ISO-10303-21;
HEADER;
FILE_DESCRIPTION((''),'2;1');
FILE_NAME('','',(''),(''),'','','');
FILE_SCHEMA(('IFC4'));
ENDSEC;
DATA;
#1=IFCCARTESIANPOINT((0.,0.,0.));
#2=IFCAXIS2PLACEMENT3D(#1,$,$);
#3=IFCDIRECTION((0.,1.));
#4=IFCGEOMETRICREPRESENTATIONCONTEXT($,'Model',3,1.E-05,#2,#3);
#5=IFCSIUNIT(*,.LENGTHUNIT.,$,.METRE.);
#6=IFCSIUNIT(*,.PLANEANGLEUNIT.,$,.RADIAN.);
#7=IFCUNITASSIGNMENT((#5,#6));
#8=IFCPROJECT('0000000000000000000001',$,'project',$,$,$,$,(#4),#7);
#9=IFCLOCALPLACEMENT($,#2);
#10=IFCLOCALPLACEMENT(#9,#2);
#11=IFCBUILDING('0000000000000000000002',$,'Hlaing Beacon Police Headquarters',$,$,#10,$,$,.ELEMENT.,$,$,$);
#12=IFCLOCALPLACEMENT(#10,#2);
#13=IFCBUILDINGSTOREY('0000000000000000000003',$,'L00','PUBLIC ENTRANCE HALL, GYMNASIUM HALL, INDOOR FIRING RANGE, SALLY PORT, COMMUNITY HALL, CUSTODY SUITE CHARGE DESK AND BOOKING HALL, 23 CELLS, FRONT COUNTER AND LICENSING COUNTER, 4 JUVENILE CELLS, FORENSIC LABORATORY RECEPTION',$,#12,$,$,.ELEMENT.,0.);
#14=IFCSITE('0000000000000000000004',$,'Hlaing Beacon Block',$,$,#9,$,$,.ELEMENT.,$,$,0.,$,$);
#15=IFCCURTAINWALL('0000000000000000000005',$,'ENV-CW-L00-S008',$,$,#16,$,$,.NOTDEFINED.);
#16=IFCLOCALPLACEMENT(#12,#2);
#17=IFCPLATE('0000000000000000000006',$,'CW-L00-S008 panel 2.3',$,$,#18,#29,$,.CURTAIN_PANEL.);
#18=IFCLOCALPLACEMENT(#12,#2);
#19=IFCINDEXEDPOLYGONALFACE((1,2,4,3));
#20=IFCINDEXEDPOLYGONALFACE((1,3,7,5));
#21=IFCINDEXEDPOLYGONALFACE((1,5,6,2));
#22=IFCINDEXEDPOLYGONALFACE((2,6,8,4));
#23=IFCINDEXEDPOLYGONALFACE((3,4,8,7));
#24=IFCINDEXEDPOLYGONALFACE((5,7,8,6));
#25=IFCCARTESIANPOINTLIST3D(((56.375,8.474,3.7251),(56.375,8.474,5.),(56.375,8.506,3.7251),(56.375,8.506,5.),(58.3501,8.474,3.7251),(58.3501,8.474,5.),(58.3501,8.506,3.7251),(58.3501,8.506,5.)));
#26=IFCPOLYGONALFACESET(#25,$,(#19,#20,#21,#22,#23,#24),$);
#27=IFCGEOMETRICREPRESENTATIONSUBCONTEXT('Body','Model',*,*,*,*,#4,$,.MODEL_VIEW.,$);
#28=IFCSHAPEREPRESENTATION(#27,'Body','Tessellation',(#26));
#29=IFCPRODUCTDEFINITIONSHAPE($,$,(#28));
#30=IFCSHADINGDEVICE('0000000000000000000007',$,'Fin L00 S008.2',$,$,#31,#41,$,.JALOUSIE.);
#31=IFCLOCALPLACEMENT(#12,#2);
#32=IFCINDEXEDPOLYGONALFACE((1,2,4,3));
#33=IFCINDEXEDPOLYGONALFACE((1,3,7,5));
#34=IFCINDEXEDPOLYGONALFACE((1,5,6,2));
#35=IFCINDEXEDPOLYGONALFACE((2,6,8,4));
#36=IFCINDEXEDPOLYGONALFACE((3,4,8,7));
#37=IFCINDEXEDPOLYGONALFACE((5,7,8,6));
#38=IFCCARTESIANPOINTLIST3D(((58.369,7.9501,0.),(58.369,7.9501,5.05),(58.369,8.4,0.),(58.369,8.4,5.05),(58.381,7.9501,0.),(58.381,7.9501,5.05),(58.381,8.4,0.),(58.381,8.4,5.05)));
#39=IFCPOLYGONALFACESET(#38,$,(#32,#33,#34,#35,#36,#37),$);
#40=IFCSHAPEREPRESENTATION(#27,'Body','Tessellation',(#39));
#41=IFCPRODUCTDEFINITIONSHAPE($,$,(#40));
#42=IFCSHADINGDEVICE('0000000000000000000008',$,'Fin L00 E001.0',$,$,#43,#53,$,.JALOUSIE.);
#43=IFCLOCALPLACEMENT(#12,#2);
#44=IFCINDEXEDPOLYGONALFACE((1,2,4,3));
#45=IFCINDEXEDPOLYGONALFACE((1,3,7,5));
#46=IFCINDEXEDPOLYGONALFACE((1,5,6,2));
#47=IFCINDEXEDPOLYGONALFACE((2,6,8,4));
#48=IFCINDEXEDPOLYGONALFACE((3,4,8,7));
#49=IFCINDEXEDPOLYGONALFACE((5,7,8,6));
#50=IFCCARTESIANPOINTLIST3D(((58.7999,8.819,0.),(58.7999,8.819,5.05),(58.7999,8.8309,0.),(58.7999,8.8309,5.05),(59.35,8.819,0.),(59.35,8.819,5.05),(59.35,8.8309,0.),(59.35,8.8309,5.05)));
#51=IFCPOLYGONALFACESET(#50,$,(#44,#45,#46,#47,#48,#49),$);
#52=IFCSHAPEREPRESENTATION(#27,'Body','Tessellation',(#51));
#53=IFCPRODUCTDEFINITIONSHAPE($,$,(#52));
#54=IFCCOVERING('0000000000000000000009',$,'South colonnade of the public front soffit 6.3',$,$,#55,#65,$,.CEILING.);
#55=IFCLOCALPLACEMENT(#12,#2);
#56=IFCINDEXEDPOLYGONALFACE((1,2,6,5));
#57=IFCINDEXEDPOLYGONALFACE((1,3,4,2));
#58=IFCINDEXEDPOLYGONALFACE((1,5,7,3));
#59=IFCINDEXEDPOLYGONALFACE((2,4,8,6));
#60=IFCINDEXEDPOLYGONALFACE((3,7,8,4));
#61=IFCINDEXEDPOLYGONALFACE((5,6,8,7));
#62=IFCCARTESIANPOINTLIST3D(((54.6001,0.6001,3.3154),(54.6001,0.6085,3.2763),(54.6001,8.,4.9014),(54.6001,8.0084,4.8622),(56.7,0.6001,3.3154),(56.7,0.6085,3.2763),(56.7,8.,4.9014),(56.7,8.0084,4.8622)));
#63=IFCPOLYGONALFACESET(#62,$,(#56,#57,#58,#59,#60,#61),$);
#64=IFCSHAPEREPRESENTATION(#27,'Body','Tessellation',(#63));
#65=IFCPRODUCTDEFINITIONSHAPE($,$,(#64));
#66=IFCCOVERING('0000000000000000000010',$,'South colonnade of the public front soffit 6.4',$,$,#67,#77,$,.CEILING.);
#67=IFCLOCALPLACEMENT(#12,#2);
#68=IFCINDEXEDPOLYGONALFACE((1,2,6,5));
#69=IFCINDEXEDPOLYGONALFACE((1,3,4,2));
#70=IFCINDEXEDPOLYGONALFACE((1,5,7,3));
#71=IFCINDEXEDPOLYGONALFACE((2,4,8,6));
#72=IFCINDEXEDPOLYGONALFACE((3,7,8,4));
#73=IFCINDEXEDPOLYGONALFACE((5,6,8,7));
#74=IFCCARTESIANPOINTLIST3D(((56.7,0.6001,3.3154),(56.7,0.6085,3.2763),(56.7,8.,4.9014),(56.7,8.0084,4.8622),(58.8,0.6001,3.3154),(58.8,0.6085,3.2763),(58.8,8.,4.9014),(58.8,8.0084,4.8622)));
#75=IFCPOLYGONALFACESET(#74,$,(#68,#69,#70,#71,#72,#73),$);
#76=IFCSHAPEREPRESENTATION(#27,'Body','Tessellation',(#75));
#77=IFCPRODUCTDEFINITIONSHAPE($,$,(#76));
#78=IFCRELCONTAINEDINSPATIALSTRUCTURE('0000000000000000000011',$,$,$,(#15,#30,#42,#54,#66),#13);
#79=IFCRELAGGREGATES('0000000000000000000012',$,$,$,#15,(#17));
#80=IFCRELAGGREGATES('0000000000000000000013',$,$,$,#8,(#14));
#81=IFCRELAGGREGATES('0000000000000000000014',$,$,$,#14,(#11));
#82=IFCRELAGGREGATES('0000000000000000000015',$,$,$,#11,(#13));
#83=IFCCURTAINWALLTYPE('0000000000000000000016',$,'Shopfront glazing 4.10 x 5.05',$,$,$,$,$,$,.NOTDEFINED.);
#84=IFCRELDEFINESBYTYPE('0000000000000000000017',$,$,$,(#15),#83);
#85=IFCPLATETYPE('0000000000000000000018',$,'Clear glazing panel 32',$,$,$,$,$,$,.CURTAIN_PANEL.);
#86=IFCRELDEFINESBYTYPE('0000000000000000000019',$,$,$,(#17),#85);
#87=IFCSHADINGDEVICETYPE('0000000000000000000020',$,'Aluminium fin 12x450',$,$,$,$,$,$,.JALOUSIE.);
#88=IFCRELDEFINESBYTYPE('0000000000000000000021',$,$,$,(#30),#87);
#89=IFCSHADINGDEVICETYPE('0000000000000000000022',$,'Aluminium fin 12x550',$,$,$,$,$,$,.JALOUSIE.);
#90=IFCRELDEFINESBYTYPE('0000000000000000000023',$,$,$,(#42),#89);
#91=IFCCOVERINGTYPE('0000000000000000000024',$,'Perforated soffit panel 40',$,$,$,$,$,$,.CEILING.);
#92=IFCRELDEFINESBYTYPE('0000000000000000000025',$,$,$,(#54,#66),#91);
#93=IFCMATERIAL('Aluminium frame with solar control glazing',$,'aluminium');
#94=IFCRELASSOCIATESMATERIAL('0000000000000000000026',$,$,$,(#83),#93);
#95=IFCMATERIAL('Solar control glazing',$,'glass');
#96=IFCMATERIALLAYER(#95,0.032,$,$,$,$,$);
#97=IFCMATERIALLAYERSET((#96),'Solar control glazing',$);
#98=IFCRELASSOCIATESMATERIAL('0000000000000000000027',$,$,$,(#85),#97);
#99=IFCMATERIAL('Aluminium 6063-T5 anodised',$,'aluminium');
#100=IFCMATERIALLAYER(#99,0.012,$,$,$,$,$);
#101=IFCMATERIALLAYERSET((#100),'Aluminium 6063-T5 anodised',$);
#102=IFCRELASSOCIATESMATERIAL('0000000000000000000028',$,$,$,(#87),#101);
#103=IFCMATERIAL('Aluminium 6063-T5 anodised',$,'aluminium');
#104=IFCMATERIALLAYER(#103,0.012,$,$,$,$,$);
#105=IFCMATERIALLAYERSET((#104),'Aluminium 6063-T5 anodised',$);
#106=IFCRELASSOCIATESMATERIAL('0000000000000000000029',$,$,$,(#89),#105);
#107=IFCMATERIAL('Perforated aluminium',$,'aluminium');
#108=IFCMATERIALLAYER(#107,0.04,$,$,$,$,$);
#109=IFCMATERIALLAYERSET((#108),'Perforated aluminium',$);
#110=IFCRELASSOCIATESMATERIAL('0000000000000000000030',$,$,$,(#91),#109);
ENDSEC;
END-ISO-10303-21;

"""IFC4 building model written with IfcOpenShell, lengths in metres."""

from ifc_helpers import new_model, si_unit, direction, frame, origin, origin_2d, place, context, subcontext, project, spatial, polyline, rectangle, outline, extrude, material, layer, layer_set, type_object, element, aggregate, save


model = new_model("IFC4")

# Units and contexts
model_context = context("Model", 3, precision=1e-05, world=origin(), true_north=direction((0.0, 1.0)))
body_context = subcontext(model_context, "Body", "Model", "MODEL_VIEW")
ifc_project = project(units=[si_unit("LENGTHUNIT", "METRE"), si_unit("PLANEANGLEUNIT", "RADIAN")], contexts=[model_context])

# Site, building, storey
site_placement = place(None, origin())
site = spatial("IfcSite", under=ifc_project, at=site_placement, Name="Hlaing Beacon Block", CompositionType="ELEMENT", RefElevation=0.0)
building_placement = place(site_placement, origin())
building = spatial("IfcBuilding", under=site, at=building_placement, Name="Hlaing Beacon Police Headquarters", CompositionType="ELEMENT")
storey_placement = place(building_placement, origin())
storey = spatial("IfcBuildingStorey", under=building, at=storey_placement, Name="L00", Description="PUBLIC ENTRANCE HALL, GYMNASIUM HALL, INDOOR FIRING RANGE, SALLY PORT, COMMUNITY HALL, CUSTODY SUITE CHARGE DESK AND BOOKING HALL, 23 CELLS, FRONT COUNTER AND LICENSING COUNTER, 4 JUVENILE CELLS, FORENSIC LABORATORY RECEPTION", CompositionType="ELEMENT", Elevation=0.0)

# Curtain wall
ifc_material_1 = material(Name="Aluminium frame with solar control glazing", Category="aluminium")
curtain_wall_type_1 = type_object("IfcCurtainWallType", Name="Shopfront glazing 4.10 x 5.05", PredefinedType="NOTDEFINED", material=ifc_material_1)
curtain_wall_1_placement = place(storey_placement, origin())
curtain_wall_1 = element("IfcCurtainWall", 1, at=curtain_wall_1_placement, inside=storey, type_object=curtain_wall_type_1, Name="ENV-CW-L00-S008", PredefinedType="NOTDEFINED")

# Plate
ifc_material_2 = material(Name="Solar control glazing", Category="glass")
ifc_layer_1 = layer(ifc_material_2, 0.032)
ifc_layer_set_1 = layer_set([ifc_layer_1], Name="Solar control glazing")
plate_type_1 = type_object("IfcPlateType", Name="Clear glazing panel 32", PredefinedType="CURTAIN_PANEL", material=ifc_layer_set_1)
plate_1_placement = place(storey_placement, frame((57.3625, 8.49, 3.7251), z_axis=(0.0, 0.0, 1.0), x_axis=(1.0, 0.0, 0.0)))
plate_1 = element("IfcPlate", 2, at=plate_1_placement, type_object=plate_type_1, Name="CW-L00-S008 panel 2.3", PredefinedType="CURTAIN_PANEL", context=body_context, shape_type="SweptSolid", body=[
    extrude(rectangle(XDim=1.9751, YDim=0.032, at=origin_2d()), origin(), (0.0, 0.0, 1.0), 1.2749),
])
aggregate(curtain_wall_1, [plate_1])

# Shading devices
ifc_material_3 = material(Name="Aluminium 6063-T5 anodised", Category="aluminium")
ifc_layer_2 = layer(ifc_material_3, 0.012)
ifc_layer_set_2 = layer_set([ifc_layer_2], Name="Aluminium 6063-T5 anodised")
shading_device_type_1 = type_object("IfcShadingDeviceType", Name="Aluminium fin 12x450", PredefinedType="JALOUSIE", material=ifc_layer_set_2)
shading_device_1_placement = place(storey_placement, frame((58.375, 8.175, 0.0), z_axis=(0.0, 0.0, 1.0), x_axis=(1.0, 0.0, 0.0)))
element("IfcShadingDevice", 3, at=shading_device_1_placement, inside=storey, type_object=shading_device_type_1, Name="Fin L00 S008.2", PredefinedType="JALOUSIE", context=body_context, shape_type="SweptSolid", body=[
    extrude(rectangle(XDim=0.012, YDim=0.45, at=origin_2d()), origin(), (0.0, 0.0, 1.0), 5.05),
])
ifc_material_4 = material(Name="Aluminium 6063-T5 anodised", Category="aluminium")
ifc_layer_3 = layer(ifc_material_4, 0.012)
ifc_layer_set_3 = layer_set([ifc_layer_3], Name="Aluminium 6063-T5 anodised")
shading_device_type_2 = type_object("IfcShadingDeviceType", Name="Aluminium fin 12x550", PredefinedType="JALOUSIE", material=ifc_layer_set_3)
shading_device_2_placement = place(storey_placement, frame((59.075, 8.825, 0.0), z_axis=(0.0, 0.0, 1.0), x_axis=(0.0, 1.0, 0.0)))
element("IfcShadingDevice", 4, at=shading_device_2_placement, inside=storey, type_object=shading_device_type_2, Name="Fin L00 E001.0", PredefinedType="JALOUSIE", context=body_context, shape_type="SweptSolid", body=[
    extrude(rectangle(XDim=0.012, YDim=0.55, at=origin_2d()), origin(), (0.0, 0.0, 1.0), 5.05),
])

# Coverings
ifc_material_5 = material(Name="Perforated aluminium", Category="aluminium")
ifc_layer_4 = layer(ifc_material_5, 0.04)
ifc_layer_set_4 = layer_set([ifc_layer_4], Name="Perforated aluminium")
covering_type = type_object("IfcCoveringType", Name="Perforated soffit panel 40", PredefinedType="CEILING", material=ifc_layer_set_4)
covering_1_placement = place(storey_placement, frame((54.6001, 0.6001, 3.3154), z_axis=(0.0, -0.20956, 0.977796), x_axis=(1.0, 0.0, 0.0)))
element("IfcCovering", 5, at=covering_1_placement, inside=storey, type_object=covering_type, Name="South colonnade of the public front soffit 6.3", PredefinedType="CEILING", context=body_context, shape_type="SweptSolid", body=[
    extrude(outline(polyline([(0.0, 0.0), (2.0999, 0.0), (2.0999, 7.5679), (0.0, 7.5679), (0.0, 0.0)])), origin(), (0.0, 0.0, -1.0), 0.04),
])
covering_2_placement = place(storey_placement, frame((56.7, 0.6001, 3.3154), z_axis=(0.0, -0.20956, 0.977796), x_axis=(1.0, 0.0, 0.0)))
element("IfcCovering", 6, at=covering_2_placement, inside=storey, type_object=covering_type, Name="South colonnade of the public front soffit 6.4", PredefinedType="CEILING", context=body_context, shape_type="SweptSolid", body=[
    extrude(outline(polyline([(0.0, 0.0), (2.1001, 0.0), (2.1001, 7.5679), (0.0, 7.5679), (0.0, 0.0)])), origin(), (0.0, 0.0, -1.0), 0.04),
])

save(model, "model.ifc")
